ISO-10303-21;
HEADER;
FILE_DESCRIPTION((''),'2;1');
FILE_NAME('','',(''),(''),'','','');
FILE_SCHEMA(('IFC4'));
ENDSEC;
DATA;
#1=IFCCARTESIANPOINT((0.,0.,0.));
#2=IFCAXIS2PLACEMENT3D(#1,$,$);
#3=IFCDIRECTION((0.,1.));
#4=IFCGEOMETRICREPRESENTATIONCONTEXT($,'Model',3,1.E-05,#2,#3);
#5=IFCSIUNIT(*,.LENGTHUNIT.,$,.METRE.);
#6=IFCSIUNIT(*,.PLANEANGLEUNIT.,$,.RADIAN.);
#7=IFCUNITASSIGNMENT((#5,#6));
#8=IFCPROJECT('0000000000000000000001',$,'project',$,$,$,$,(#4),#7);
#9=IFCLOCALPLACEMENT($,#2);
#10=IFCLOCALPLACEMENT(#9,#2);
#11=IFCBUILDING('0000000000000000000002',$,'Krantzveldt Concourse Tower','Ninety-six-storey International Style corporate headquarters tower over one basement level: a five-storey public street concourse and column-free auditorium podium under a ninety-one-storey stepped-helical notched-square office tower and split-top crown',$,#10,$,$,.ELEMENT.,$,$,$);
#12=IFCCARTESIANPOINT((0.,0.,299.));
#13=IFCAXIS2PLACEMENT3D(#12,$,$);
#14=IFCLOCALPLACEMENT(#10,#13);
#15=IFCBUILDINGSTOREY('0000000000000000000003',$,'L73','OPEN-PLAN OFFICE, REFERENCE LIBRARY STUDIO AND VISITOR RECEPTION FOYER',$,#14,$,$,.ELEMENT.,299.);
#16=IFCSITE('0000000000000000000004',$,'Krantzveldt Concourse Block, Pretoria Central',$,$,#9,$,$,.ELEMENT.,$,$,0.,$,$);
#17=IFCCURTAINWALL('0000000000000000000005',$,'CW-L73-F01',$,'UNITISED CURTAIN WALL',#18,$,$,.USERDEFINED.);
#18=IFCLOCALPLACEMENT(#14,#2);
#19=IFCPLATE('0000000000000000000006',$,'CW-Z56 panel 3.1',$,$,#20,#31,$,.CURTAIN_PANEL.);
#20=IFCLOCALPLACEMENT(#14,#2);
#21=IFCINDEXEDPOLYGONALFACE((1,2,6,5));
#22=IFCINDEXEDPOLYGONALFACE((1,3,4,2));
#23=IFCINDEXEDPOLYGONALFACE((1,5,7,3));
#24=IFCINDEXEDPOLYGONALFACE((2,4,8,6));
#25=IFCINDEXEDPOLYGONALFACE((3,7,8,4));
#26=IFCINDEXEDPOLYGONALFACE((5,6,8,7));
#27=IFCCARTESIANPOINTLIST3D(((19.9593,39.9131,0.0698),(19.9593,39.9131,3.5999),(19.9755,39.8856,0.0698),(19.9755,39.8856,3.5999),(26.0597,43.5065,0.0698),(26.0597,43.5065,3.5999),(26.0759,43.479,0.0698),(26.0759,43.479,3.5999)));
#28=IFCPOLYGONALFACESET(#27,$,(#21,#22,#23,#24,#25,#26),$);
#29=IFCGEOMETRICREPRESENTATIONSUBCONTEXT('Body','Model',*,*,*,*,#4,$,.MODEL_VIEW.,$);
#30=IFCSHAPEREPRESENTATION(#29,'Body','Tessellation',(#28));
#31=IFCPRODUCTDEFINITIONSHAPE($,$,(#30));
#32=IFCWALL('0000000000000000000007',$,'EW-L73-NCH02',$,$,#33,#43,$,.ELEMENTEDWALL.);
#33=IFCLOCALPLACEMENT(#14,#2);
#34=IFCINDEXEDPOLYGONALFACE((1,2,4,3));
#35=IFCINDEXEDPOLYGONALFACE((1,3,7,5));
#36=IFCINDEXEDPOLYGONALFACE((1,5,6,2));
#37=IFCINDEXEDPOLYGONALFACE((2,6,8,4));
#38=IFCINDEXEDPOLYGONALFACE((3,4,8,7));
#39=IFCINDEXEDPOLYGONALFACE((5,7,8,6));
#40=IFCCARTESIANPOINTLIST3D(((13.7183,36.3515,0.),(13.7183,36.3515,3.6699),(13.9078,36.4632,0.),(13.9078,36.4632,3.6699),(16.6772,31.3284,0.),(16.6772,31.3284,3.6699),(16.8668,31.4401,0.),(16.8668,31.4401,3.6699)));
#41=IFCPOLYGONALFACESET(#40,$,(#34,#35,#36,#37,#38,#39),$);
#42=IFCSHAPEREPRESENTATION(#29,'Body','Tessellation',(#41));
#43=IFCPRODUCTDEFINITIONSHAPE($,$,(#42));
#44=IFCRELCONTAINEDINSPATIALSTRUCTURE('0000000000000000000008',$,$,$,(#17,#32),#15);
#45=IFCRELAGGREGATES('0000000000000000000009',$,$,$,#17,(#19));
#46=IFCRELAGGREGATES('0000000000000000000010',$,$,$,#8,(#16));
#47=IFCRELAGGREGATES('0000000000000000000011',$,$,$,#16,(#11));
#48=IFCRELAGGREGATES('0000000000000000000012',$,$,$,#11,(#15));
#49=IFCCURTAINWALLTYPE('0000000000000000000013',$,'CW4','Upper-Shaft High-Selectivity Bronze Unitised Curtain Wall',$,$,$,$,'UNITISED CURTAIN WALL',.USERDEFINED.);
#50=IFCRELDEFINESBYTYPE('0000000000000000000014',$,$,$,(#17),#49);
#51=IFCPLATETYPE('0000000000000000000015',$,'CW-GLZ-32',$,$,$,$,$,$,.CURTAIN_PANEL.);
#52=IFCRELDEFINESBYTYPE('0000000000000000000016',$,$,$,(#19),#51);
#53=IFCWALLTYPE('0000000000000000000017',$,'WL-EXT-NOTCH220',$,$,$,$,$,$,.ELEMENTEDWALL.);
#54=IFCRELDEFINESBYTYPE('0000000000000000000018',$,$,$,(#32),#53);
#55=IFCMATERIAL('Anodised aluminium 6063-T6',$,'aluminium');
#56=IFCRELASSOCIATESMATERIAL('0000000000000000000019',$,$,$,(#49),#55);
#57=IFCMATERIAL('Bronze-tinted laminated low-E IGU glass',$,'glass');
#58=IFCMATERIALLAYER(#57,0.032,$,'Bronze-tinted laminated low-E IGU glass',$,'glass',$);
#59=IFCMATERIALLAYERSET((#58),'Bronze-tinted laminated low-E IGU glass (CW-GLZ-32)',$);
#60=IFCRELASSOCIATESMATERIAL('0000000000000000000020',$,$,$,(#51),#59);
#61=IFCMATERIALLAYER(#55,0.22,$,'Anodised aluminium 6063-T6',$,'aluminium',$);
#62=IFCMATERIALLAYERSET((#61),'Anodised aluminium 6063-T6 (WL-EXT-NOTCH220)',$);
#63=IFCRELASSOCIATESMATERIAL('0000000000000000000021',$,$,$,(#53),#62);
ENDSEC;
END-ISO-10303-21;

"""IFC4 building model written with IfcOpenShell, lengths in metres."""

from ifc_helpers import new_model, si_unit, direction, frame, frame_2d, origin, origin_2d, place, context, subcontext, project, spatial, rectangle, extrude, source, transform, mapped, material, layer, layer_set, type_object, element, aggregate, save


model = new_model("IFC4")

# Units and contexts
model_context = context("Model", 3, precision=1e-05, world=origin(), true_north=direction((0.0, 1.0)))
body_context = subcontext(model_context, "Body", "Model", "MODEL_VIEW")
ifc_project = project(units=[si_unit("LENGTHUNIT", "METRE"), si_unit("PLANEANGLEUNIT", "RADIAN")], contexts=[model_context])

# Site, building, storey
site_placement = place(None, origin())
site = spatial("IfcSite", under=ifc_project, at=site_placement, Name="Krantzveldt Concourse Block, Pretoria Central", CompositionType="ELEMENT", RefElevation=0.0)
building_placement = place(site_placement, origin())
building = spatial("IfcBuilding", under=site, at=building_placement, Name="Krantzveldt Concourse Tower", Description="Ninety-six-storey International Style corporate headquarters tower over one basement level: a five-storey public street concourse and column-free auditorium podium under a ninety-one-storey stepped-helical notched-square office tower and split-top crown", CompositionType="ELEMENT")
storey_placement = place(building_placement, frame((0.0, 0.0, 299.0)))
storey = spatial("IfcBuildingStorey", under=building, at=storey_placement, Name="L73", Description="OPEN-PLAN OFFICE, REFERENCE LIBRARY STUDIO AND VISITOR RECEPTION FOYER", CompositionType="ELEMENT", Elevation=299.0)

# Curtain wall, plate
ifc_material_1 = material(Name="Anodised aluminium 6063-T6", Category="aluminium")
curtain_wall_type = type_object("IfcCurtainWallType", Name="CW4", Description="Upper-Shaft High-Selectivity Bronze Unitised Curtain Wall", ElementType="UNITISED CURTAIN WALL", PredefinedType="USERDEFINED", material=ifc_material_1)
curtain_wall_placement = place(storey_placement, origin())
curtain_wall = element("IfcCurtainWall", 1, at=curtain_wall_placement, inside=storey, type_object=curtain_wall_type, Name="CW-L73-F01", ObjectType="UNITISED CURTAIN WALL", PredefinedType="USERDEFINED")
ifc_material_2 = material(Name="Bronze-tinted laminated low-E IGU glass", Category="glass")
ifc_layer_1 = layer(ifc_material_2, 0.032, Name="Bronze-tinted laminated low-E IGU glass", Category="glass")
ifc_layer_set_1 = layer_set([ifc_layer_1], Name="Bronze-tinted laminated low-E IGU glass (CW-GLZ-32)")
plate_type = type_object("IfcPlateType", Name="CW-GLZ-32", PredefinedType="CURTAIN_PANEL", material=ifc_layer_set_1)
shared_shape_1 = source(origin(), body_context, "Body", "SweptSolid", [
    extrude(rectangle(XDim=7.0801, YDim=0.032, at=origin_2d()), origin(), (0.0, 0.0, 1.0), 3.53),
])
plate_1_placement = place(storey_placement, frame((23.0176, 41.696, 0.0698), z_axis=(0.0, 0.0, 1.0), x_axis=(-0.861629, -0.507538, 0.0)))
plate_1 = element("IfcPlate", 2, at=plate_1_placement, type_object=plate_type, Name="CW-Z56 panel 3.1", PredefinedType="CURTAIN_PANEL", context=body_context, shape_type="MappedRepresentation", body=[
    mapped(shared_shape_1, transform((0.0, 0.0, 0.0), x_axis=(1.0, 0.0, 0.0), y_axis=(0.0, 1.0, 0.0), z_axis=(0.0, 0.0, 1.0), scale=1.0)),
])
aggregate(curtain_wall, [plate_1])

# Wall
ifc_layer_2 = layer(ifc_material_1, 0.22, Name="Anodised aluminium 6063-T6", Category="aluminium")
ifc_layer_set_2 = layer_set([ifc_layer_2], Name="Anodised aluminium 6063-T6 (WL-EXT-NOTCH220)")
wall_type = type_object("IfcWallType", Name="WL-EXT-NOTCH220", PredefinedType="ELEMENTEDWALL", material=ifc_layer_set_2)
wall_placement = place(storey_placement, frame((13.813, 36.4075, 0.0), z_axis=(0.0, 0.0, 1.0), x_axis=(0.507551, -0.861622, 0.0)))
element("IfcWall", 3, at=wall_placement, inside=storey, type_object=wall_type, Name="EW-L73-NCH02", PredefinedType="ELEMENTEDWALL", context=body_context, shape_type="SweptSolid", body=[
    extrude(rectangle(XDim=5.8298, YDim=0.22, at=frame_2d((2.915, 0.0))), origin(), (0.0, 0.0, 1.0), 3.6699),
])

save(model, "model.ifc")
